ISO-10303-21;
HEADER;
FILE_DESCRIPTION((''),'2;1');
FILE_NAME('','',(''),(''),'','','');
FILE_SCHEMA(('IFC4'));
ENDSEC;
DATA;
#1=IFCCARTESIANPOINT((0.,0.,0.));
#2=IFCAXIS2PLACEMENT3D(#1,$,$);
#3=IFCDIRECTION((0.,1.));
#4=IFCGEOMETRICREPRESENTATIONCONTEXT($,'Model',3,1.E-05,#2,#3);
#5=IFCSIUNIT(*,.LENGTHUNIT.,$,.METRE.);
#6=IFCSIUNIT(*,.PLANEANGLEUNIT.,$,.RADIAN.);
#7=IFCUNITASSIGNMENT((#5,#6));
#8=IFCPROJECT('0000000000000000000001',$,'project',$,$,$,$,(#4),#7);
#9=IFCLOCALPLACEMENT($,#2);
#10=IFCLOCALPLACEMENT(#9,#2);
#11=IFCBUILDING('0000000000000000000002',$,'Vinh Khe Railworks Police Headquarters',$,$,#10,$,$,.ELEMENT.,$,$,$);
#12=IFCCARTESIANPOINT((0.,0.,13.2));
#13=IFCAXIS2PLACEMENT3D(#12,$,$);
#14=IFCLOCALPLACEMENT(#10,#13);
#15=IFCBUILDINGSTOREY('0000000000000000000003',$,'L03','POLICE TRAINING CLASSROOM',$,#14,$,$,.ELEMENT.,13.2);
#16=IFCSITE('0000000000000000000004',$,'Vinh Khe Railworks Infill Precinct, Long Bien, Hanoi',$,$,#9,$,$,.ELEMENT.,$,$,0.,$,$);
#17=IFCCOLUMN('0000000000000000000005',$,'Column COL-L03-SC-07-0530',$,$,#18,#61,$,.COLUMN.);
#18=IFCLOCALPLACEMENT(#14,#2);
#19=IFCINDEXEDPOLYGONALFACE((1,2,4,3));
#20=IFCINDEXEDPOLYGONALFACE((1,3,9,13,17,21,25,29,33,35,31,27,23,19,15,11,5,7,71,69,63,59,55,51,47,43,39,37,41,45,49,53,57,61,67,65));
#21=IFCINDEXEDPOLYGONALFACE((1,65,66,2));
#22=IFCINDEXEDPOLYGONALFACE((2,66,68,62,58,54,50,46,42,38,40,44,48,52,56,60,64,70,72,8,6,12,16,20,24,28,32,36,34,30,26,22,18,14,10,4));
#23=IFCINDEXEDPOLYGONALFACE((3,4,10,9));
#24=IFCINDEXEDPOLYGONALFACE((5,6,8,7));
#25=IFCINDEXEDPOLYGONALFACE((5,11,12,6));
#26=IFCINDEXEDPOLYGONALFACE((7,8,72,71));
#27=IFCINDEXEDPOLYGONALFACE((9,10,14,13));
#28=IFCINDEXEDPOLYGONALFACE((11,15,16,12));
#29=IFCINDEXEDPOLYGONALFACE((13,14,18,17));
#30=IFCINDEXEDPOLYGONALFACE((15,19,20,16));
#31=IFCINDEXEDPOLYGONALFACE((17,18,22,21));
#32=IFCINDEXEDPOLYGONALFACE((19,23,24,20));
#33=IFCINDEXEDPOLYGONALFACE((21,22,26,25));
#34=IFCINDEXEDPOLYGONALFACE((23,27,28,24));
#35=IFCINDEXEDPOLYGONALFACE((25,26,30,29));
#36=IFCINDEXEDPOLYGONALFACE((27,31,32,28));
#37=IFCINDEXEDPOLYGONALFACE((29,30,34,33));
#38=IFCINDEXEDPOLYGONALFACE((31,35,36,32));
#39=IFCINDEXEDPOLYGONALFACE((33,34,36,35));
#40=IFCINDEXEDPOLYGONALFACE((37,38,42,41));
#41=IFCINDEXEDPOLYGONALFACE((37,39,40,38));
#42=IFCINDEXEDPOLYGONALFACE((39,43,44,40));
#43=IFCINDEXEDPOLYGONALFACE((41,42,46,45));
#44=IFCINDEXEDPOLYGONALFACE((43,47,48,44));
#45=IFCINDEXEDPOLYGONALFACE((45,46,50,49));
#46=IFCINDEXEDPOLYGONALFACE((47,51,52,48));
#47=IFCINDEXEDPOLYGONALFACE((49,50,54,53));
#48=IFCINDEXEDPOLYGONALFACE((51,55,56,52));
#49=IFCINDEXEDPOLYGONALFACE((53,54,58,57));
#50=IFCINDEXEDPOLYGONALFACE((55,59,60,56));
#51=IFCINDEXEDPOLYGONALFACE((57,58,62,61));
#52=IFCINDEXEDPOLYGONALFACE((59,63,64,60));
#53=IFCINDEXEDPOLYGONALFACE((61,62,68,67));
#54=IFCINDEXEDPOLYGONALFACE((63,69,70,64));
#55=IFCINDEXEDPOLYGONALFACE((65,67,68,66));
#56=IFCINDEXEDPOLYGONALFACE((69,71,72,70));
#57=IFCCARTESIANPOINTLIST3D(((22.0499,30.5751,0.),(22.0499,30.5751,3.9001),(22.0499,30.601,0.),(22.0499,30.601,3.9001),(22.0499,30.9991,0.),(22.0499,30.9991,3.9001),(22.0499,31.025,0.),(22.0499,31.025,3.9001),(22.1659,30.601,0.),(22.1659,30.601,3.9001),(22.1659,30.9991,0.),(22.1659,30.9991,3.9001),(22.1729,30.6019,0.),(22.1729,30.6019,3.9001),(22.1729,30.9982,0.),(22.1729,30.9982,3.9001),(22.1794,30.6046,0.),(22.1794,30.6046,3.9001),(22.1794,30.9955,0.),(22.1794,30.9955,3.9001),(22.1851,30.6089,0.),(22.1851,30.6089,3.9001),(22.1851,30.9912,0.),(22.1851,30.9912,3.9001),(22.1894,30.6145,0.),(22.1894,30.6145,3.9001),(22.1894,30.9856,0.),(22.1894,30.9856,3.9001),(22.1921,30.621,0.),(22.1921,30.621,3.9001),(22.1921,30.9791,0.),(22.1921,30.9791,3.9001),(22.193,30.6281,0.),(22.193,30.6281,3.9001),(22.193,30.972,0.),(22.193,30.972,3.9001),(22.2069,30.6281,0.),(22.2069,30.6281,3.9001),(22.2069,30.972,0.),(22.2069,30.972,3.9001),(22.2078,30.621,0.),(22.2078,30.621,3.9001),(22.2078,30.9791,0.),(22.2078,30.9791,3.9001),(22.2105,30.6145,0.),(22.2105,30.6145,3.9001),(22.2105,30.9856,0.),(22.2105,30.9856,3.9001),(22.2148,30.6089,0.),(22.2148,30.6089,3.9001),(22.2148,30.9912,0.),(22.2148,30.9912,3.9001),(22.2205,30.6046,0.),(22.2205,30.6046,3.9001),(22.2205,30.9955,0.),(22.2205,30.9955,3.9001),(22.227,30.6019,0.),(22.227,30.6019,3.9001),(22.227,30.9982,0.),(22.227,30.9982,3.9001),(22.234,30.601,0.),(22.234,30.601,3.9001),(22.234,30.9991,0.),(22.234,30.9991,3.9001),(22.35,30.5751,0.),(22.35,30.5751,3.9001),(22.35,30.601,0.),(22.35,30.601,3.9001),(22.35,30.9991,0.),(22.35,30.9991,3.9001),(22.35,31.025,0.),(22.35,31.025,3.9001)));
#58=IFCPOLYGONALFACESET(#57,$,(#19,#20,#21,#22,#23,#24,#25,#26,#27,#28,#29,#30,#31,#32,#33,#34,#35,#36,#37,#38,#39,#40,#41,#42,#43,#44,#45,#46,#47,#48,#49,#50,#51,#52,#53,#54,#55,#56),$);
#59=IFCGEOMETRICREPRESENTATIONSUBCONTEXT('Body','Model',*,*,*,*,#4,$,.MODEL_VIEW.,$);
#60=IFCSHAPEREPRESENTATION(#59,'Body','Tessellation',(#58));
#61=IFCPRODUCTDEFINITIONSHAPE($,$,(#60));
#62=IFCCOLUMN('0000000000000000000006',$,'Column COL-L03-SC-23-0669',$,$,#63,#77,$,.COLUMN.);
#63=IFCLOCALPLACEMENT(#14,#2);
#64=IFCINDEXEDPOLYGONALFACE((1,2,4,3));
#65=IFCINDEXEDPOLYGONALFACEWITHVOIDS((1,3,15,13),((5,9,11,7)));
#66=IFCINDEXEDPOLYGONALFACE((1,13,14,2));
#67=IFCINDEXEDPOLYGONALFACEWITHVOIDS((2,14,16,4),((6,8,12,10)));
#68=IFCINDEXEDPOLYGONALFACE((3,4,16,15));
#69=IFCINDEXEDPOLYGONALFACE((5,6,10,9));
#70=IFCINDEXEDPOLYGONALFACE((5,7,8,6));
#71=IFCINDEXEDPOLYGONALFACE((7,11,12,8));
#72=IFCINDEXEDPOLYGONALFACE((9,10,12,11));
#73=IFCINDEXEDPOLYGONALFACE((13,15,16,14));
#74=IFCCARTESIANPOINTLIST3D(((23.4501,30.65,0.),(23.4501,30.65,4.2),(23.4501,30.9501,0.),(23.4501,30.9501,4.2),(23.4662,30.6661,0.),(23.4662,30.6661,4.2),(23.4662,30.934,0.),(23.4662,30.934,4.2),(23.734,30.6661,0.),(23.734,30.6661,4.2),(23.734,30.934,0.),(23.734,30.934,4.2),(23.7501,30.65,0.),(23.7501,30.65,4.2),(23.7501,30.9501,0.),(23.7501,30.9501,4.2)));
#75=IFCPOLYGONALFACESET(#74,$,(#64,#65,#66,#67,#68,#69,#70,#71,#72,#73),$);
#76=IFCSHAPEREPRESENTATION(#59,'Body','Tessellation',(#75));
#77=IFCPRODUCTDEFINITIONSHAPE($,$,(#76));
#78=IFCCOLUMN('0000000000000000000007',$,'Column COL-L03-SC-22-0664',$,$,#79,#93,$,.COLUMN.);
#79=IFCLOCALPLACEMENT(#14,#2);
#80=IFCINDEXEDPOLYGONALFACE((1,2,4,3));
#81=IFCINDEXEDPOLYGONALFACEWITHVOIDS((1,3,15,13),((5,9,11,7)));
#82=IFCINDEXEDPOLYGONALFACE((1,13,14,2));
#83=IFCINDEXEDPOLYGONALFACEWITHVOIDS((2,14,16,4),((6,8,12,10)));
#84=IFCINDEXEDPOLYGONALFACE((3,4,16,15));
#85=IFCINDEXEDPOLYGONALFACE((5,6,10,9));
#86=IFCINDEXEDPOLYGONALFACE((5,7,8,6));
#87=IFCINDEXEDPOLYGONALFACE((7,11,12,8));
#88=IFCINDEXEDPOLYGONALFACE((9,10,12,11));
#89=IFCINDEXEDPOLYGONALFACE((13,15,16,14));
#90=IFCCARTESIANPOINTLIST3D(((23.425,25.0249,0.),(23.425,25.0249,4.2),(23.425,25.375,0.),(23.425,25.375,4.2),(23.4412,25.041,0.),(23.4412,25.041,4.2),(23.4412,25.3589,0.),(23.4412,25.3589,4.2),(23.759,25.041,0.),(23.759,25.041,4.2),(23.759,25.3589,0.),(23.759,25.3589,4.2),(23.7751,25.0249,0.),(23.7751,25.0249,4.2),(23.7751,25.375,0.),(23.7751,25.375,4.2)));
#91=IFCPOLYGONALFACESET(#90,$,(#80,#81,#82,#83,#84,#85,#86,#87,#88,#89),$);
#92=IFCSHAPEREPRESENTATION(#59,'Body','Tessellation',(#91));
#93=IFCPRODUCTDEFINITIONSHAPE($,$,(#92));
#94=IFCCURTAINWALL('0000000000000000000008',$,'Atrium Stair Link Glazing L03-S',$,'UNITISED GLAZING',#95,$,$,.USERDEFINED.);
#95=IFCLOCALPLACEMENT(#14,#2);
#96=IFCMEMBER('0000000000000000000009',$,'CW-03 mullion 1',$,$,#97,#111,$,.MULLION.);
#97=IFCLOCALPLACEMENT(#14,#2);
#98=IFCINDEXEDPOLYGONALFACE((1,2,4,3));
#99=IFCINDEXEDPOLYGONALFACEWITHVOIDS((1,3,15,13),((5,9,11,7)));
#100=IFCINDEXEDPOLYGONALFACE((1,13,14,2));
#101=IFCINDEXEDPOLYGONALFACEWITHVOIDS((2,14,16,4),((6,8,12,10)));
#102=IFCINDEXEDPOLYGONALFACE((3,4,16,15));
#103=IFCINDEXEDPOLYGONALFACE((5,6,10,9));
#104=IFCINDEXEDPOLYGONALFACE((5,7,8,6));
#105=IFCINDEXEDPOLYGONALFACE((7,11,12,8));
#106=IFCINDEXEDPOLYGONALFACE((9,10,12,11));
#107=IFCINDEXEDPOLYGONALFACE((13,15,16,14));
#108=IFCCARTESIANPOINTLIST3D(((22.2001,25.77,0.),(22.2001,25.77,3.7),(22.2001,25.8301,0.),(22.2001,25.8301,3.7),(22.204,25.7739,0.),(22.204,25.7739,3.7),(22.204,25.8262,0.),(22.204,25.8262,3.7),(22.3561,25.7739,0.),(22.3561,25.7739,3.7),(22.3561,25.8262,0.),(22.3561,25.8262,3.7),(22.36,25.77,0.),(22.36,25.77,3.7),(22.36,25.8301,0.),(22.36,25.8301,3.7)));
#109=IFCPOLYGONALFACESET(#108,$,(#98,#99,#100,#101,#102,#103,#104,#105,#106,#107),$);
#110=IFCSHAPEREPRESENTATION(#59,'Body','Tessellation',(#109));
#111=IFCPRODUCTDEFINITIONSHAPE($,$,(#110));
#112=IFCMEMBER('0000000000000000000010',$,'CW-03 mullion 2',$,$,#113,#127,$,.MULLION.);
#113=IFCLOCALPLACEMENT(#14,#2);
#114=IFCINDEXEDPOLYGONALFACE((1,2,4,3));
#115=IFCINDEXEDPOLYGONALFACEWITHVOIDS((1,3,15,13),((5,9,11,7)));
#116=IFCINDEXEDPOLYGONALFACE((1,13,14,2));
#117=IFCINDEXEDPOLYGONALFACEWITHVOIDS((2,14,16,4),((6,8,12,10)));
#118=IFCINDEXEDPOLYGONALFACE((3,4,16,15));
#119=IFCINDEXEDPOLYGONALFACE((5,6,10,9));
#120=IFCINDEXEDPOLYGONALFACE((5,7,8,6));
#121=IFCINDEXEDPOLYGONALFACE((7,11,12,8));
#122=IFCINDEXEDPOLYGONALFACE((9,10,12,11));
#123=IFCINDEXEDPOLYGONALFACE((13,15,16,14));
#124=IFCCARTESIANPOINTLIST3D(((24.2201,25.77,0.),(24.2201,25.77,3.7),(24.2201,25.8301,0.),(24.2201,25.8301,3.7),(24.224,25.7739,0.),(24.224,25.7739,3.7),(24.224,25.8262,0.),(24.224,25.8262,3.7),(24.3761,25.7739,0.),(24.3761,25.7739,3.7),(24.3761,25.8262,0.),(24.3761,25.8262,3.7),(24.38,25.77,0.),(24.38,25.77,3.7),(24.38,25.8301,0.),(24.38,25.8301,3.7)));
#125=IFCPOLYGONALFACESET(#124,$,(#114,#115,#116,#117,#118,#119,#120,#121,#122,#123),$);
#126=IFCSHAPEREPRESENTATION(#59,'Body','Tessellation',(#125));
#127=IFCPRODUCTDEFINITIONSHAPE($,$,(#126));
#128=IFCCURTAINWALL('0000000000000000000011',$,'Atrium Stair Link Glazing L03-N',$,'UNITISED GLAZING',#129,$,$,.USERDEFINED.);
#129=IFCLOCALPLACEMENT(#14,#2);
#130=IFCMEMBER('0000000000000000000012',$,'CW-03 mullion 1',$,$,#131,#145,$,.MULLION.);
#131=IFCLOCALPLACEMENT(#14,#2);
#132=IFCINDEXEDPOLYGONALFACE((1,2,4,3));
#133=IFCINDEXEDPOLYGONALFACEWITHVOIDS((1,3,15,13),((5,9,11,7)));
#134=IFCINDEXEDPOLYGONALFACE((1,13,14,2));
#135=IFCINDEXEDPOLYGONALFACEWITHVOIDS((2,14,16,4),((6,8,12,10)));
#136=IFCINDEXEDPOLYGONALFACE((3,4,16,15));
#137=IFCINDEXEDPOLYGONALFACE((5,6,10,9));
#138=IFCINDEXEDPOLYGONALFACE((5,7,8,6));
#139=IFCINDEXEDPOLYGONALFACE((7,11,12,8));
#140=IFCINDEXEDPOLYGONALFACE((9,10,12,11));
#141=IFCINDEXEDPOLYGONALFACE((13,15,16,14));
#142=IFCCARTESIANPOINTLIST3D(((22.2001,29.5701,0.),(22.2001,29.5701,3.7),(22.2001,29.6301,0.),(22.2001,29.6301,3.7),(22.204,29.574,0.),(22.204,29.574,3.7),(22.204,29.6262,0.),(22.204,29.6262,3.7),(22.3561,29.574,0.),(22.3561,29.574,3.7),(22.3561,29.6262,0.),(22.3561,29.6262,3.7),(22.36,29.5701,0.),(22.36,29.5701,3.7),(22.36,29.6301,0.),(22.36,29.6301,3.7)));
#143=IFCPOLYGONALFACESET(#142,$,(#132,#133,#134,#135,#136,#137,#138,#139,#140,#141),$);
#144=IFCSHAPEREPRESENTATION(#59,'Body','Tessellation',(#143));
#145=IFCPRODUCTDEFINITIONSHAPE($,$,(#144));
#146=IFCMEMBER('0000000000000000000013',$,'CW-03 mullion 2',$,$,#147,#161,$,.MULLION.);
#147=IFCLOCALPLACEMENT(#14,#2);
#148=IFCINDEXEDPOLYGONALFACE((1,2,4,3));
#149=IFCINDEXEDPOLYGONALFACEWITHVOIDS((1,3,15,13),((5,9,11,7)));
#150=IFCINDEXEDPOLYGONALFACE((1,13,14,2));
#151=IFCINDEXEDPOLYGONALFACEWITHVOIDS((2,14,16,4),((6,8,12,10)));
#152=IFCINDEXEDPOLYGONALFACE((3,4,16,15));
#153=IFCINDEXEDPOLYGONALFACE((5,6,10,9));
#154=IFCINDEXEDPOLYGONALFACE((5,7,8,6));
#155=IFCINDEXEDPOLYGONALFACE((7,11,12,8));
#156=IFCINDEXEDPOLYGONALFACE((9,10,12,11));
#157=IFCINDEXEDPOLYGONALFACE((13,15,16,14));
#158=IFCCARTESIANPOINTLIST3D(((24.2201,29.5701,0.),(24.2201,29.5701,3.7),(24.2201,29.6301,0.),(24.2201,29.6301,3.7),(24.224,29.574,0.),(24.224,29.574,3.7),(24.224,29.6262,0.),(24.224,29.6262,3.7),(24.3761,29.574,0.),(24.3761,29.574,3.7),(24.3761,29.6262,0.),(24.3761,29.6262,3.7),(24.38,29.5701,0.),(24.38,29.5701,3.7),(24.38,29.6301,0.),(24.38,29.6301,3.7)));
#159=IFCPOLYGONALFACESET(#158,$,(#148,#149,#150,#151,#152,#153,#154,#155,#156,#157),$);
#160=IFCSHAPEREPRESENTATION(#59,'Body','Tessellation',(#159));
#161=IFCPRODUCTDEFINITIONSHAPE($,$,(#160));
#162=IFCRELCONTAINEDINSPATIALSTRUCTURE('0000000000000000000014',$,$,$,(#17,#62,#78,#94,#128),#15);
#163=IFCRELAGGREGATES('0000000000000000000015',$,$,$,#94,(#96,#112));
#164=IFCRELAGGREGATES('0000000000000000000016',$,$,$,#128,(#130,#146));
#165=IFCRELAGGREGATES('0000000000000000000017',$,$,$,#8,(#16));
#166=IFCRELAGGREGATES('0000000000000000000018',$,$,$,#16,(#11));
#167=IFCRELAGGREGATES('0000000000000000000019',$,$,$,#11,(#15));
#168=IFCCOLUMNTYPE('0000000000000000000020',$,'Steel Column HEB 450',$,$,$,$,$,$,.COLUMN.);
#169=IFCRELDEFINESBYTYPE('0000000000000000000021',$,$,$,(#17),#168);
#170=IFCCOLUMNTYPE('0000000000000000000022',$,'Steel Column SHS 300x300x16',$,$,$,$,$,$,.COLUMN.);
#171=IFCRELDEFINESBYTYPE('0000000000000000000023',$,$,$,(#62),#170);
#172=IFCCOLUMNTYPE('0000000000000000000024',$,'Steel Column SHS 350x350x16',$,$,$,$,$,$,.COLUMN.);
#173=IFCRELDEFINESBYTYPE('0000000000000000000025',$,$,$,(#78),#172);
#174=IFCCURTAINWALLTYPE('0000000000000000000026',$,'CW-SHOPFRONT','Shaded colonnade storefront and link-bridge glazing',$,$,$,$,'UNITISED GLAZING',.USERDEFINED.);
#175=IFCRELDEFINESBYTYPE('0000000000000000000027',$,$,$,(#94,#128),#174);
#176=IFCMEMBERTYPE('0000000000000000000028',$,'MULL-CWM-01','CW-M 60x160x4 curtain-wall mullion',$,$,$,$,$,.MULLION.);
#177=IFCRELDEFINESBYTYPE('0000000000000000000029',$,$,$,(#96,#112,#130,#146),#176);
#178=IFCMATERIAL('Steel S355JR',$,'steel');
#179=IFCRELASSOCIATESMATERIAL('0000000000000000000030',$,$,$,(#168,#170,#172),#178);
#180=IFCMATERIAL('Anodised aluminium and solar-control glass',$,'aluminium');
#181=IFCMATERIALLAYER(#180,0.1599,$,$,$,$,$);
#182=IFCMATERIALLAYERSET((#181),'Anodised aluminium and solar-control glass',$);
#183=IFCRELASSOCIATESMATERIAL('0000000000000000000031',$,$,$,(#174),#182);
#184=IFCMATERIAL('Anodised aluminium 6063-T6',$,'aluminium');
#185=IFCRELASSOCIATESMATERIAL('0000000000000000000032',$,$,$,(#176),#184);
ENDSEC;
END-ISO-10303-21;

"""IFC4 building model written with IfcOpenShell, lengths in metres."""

from ifc_helpers import new_model, si_unit, direction, frame, origin, origin_2d, place, context, subcontext, project, spatial, hollow_rectangle, i_section, extrude, material, layer, layer_set, material_profile, profile_set, type_object, element, aggregate, save


model = new_model("IFC4")

# Units and contexts
model_context = context("Model", 3, precision=1e-05, world=origin(), true_north=direction((0.0, 1.0)))
body_context = subcontext(model_context, "Body", "Model", "MODEL_VIEW")
ifc_project = project(units=[si_unit("LENGTHUNIT", "METRE"), si_unit("PLANEANGLEUNIT", "RADIAN")], contexts=[model_context])

# Site, building, storey
site_placement = place(None, origin())
site = spatial("IfcSite", under=ifc_project, at=site_placement, Name="Vinh Khe Railworks Infill Precinct, Long Bien, Hanoi", CompositionType="ELEMENT", RefElevation=0.0)
building_placement = place(site_placement, origin())
building = spatial("IfcBuilding", under=site, at=building_placement, Name="Vinh Khe Railworks Police Headquarters", CompositionType="ELEMENT")
storey_placement = place(building_placement, frame((0.0, 0.0, 13.2)))
storey = spatial("IfcBuildingStorey", under=building, at=storey_placement, Name="L03", Description="POLICE TRAINING CLASSROOM", CompositionType="ELEMENT", Elevation=13.2)

# Columns
ifc_material_1 = material(Name="Steel S355JR", Category="steel")
ifc_material_profile_1 = material_profile(ifc_material_1, i_section(OverallWidth=0.3, OverallDepth=0.45, WebThickness=0.0139, FlangeThickness=0.0259, FilletRadius=0.0271, at=origin_2d()), Name="HEB 450")
ifc_profile_set_1 = profile_set([ifc_material_profile_1], Name="Steel S355JR")
column_type_1 = type_object("IfcColumnType", Name="Steel Column HEB 450", PredefinedType="COLUMN", material=ifc_profile_set_1)
column_1_placement = place(storey_placement, frame((22.2, 30.8, 0.0), z_axis=(0.0, 0.0, 1.0), x_axis=(1.0, 0.0, 0.0)))
element("IfcColumn", 1, at=column_1_placement, inside=storey, type_object=column_type_1, Name="Column COL-L03-SC-07-0530", PredefinedType="COLUMN", context=body_context, shape_type="SweptSolid", body=[
    extrude(i_section(OverallWidth=0.3, OverallDepth=0.45, WebThickness=0.0139, FlangeThickness=0.0259, FilletRadius=0.0271, at=origin_2d()), origin(), (0.0, 0.0, 1.0), 3.9001),
])
ifc_material_profile_2 = material_profile(ifc_material_1, hollow_rectangle(XDim=0.3, YDim=0.3, WallThickness=0.0161, at=origin_2d()), Name="SHS 300x300x16")
ifc_profile_set_2 = profile_set([ifc_material_profile_2], Name="Steel S355JR")
column_type_2 = type_object("IfcColumnType", Name="Steel Column SHS 300x300x16", PredefinedType="COLUMN", material=ifc_profile_set_2)
column_2_placement = place(storey_placement, frame((23.6001, 30.8, 0.0), z_axis=(0.0, 0.0, 1.0), x_axis=(1.0, 0.0, 0.0)))
element("IfcColumn", 2, at=column_2_placement, inside=storey, type_object=column_type_2, Name="Column COL-L03-SC-23-0669", PredefinedType="COLUMN", context=body_context, shape_type="SweptSolid", body=[
    extrude(hollow_rectangle(XDim=0.3, YDim=0.3, WallThickness=0.0161, at=origin_2d()), origin(), (0.0, 0.0, 1.0), 4.2),
])
ifc_material_profile_3 = material_profile(ifc_material_1, hollow_rectangle(XDim=0.3501, YDim=0.3501, WallThickness=0.0161, at=origin_2d()), Name="SHS 350x350x16")
ifc_profile_set_3 = profile_set([ifc_material_profile_3], Name="Steel S355JR")
column_type_3 = type_object("IfcColumnType", Name="Steel Column SHS 350x350x16", PredefinedType="COLUMN", material=ifc_profile_set_3)
column_3_placement = place(storey_placement, frame((23.6001, 25.2, 0.0), z_axis=(0.0, 0.0, 1.0), x_axis=(1.0, 0.0, 0.0)))
element("IfcColumn", 3, at=column_3_placement, inside=storey, type_object=column_type_3, Name="Column COL-L03-SC-22-0664", PredefinedType="COLUMN", context=body_context, shape_type="SweptSolid", body=[
    extrude(hollow_rectangle(XDim=0.3501, YDim=0.3501, WallThickness=0.0161, at=origin_2d()), origin(), (0.0, 0.0, 1.0), 4.2),
])

# Curtain walls, members
ifc_material_2 = material(Name="Anodised aluminium and solar-control glass", Category="aluminium")
ifc_layer_1 = layer(ifc_material_2, 0.1599)
ifc_layer_set_1 = layer_set([ifc_layer_1], Name="Anodised aluminium and solar-control glass")
curtain_wall_type = type_object("IfcCurtainWallType", Name="CW-SHOPFRONT", Description="Shaded colonnade storefront and link-bridge glazing", ElementType="UNITISED GLAZING", PredefinedType="USERDEFINED", material=ifc_layer_set_1)
curtain_wall_1_placement = place(storey_placement, origin())
curtain_wall_1 = element("IfcCurtainWall", 4, at=curtain_wall_1_placement, inside=storey, type_object=curtain_wall_type, Name="Atrium Stair Link Glazing L03-S", ObjectType="UNITISED GLAZING", PredefinedType="USERDEFINED")
ifc_material_3 = material(Name="Anodised aluminium 6063-T6", Category="aluminium")
ifc_material_profile_4 = material_profile(ifc_material_3, hollow_rectangle(XDim=0.0601, YDim=0.1599, WallThickness=0.0039, at=origin_2d()), Name="CW-M 60x160x4")
ifc_profile_set_4 = profile_set([ifc_material_profile_4], Name="Anodised aluminium 6063-T6")
member_type_1 = type_object("IfcMemberType", Name="MULL-CWM-01", Description="CW-M 60x160x4 curtain-wall mullion", PredefinedType="MULLION", material=ifc_profile_set_4)
member_1_placement = place(storey_placement, frame((22.28, 25.8, 0.0), z_axis=(0.0, 0.0, 1.0), x_axis=(0.0, 1.0, 0.0)))
member_1 = element("IfcMember", 5, at=member_1_placement, type_object=member_type_1, Name="CW-03 mullion 1", PredefinedType="MULLION", context=body_context, shape_type="SweptSolid", body=[
    extrude(hollow_rectangle(XDim=0.0601, YDim=0.1599, WallThickness=0.0039, at=origin_2d()), origin(), (0.0, 0.0, 1.0), 3.7),
])
member_2_placement = place(storey_placement, frame((24.3, 25.8, 0.0), z_axis=(0.0, 0.0, 1.0), x_axis=(0.0, 1.0, 0.0)))
member_2 = element("IfcMember", 6, at=member_2_placement, type_object=member_type_1, Name="CW-03 mullion 2", PredefinedType="MULLION", context=body_context, shape_type="SweptSolid", body=[
    extrude(hollow_rectangle(XDim=0.0601, YDim=0.1599, WallThickness=0.0039, at=origin_2d()), origin(), (0.0, 0.0, 1.0), 3.7),
])
curtain_wall_2_placement = place(storey_placement, origin())
curtain_wall_2 = element("IfcCurtainWall", 7, at=curtain_wall_2_placement, inside=storey, type_object=curtain_wall_type, Name="Atrium Stair Link Glazing L03-N", ObjectType="UNITISED GLAZING", PredefinedType="USERDEFINED")
member_3_placement = place(storey_placement, frame((22.28, 29.6001, 0.0), z_axis=(0.0, 0.0, 1.0), x_axis=(0.0, 1.0, 0.0)))
member_3 = element("IfcMember", 8, at=member_3_placement, type_object=member_type_1, Name="CW-03 mullion 1", PredefinedType="MULLION", context=body_context, shape_type="SweptSolid", body=[
    extrude(hollow_rectangle(XDim=0.0601, YDim=0.1599, WallThickness=0.0039, at=origin_2d()), origin(), (0.0, 0.0, 1.0), 3.7),
])
member_4_placement = place(storey_placement, frame((24.3, 29.6001, 0.0), z_axis=(0.0, 0.0, 1.0), x_axis=(0.0, 1.0, 0.0)))
member_4 = element("IfcMember", 9, at=member_4_placement, type_object=member_type_1, Name="CW-03 mullion 2", PredefinedType="MULLION", context=body_context, shape_type="SweptSolid", body=[
    extrude(hollow_rectangle(XDim=0.0601, YDim=0.1599, WallThickness=0.0039, at=origin_2d()), origin(), (0.0, 0.0, 1.0), 3.7),
])

aggregate(curtain_wall_1, [member_1, member_2])
aggregate(curtain_wall_2, [member_3, member_4])

save(model, "model.ifc")
